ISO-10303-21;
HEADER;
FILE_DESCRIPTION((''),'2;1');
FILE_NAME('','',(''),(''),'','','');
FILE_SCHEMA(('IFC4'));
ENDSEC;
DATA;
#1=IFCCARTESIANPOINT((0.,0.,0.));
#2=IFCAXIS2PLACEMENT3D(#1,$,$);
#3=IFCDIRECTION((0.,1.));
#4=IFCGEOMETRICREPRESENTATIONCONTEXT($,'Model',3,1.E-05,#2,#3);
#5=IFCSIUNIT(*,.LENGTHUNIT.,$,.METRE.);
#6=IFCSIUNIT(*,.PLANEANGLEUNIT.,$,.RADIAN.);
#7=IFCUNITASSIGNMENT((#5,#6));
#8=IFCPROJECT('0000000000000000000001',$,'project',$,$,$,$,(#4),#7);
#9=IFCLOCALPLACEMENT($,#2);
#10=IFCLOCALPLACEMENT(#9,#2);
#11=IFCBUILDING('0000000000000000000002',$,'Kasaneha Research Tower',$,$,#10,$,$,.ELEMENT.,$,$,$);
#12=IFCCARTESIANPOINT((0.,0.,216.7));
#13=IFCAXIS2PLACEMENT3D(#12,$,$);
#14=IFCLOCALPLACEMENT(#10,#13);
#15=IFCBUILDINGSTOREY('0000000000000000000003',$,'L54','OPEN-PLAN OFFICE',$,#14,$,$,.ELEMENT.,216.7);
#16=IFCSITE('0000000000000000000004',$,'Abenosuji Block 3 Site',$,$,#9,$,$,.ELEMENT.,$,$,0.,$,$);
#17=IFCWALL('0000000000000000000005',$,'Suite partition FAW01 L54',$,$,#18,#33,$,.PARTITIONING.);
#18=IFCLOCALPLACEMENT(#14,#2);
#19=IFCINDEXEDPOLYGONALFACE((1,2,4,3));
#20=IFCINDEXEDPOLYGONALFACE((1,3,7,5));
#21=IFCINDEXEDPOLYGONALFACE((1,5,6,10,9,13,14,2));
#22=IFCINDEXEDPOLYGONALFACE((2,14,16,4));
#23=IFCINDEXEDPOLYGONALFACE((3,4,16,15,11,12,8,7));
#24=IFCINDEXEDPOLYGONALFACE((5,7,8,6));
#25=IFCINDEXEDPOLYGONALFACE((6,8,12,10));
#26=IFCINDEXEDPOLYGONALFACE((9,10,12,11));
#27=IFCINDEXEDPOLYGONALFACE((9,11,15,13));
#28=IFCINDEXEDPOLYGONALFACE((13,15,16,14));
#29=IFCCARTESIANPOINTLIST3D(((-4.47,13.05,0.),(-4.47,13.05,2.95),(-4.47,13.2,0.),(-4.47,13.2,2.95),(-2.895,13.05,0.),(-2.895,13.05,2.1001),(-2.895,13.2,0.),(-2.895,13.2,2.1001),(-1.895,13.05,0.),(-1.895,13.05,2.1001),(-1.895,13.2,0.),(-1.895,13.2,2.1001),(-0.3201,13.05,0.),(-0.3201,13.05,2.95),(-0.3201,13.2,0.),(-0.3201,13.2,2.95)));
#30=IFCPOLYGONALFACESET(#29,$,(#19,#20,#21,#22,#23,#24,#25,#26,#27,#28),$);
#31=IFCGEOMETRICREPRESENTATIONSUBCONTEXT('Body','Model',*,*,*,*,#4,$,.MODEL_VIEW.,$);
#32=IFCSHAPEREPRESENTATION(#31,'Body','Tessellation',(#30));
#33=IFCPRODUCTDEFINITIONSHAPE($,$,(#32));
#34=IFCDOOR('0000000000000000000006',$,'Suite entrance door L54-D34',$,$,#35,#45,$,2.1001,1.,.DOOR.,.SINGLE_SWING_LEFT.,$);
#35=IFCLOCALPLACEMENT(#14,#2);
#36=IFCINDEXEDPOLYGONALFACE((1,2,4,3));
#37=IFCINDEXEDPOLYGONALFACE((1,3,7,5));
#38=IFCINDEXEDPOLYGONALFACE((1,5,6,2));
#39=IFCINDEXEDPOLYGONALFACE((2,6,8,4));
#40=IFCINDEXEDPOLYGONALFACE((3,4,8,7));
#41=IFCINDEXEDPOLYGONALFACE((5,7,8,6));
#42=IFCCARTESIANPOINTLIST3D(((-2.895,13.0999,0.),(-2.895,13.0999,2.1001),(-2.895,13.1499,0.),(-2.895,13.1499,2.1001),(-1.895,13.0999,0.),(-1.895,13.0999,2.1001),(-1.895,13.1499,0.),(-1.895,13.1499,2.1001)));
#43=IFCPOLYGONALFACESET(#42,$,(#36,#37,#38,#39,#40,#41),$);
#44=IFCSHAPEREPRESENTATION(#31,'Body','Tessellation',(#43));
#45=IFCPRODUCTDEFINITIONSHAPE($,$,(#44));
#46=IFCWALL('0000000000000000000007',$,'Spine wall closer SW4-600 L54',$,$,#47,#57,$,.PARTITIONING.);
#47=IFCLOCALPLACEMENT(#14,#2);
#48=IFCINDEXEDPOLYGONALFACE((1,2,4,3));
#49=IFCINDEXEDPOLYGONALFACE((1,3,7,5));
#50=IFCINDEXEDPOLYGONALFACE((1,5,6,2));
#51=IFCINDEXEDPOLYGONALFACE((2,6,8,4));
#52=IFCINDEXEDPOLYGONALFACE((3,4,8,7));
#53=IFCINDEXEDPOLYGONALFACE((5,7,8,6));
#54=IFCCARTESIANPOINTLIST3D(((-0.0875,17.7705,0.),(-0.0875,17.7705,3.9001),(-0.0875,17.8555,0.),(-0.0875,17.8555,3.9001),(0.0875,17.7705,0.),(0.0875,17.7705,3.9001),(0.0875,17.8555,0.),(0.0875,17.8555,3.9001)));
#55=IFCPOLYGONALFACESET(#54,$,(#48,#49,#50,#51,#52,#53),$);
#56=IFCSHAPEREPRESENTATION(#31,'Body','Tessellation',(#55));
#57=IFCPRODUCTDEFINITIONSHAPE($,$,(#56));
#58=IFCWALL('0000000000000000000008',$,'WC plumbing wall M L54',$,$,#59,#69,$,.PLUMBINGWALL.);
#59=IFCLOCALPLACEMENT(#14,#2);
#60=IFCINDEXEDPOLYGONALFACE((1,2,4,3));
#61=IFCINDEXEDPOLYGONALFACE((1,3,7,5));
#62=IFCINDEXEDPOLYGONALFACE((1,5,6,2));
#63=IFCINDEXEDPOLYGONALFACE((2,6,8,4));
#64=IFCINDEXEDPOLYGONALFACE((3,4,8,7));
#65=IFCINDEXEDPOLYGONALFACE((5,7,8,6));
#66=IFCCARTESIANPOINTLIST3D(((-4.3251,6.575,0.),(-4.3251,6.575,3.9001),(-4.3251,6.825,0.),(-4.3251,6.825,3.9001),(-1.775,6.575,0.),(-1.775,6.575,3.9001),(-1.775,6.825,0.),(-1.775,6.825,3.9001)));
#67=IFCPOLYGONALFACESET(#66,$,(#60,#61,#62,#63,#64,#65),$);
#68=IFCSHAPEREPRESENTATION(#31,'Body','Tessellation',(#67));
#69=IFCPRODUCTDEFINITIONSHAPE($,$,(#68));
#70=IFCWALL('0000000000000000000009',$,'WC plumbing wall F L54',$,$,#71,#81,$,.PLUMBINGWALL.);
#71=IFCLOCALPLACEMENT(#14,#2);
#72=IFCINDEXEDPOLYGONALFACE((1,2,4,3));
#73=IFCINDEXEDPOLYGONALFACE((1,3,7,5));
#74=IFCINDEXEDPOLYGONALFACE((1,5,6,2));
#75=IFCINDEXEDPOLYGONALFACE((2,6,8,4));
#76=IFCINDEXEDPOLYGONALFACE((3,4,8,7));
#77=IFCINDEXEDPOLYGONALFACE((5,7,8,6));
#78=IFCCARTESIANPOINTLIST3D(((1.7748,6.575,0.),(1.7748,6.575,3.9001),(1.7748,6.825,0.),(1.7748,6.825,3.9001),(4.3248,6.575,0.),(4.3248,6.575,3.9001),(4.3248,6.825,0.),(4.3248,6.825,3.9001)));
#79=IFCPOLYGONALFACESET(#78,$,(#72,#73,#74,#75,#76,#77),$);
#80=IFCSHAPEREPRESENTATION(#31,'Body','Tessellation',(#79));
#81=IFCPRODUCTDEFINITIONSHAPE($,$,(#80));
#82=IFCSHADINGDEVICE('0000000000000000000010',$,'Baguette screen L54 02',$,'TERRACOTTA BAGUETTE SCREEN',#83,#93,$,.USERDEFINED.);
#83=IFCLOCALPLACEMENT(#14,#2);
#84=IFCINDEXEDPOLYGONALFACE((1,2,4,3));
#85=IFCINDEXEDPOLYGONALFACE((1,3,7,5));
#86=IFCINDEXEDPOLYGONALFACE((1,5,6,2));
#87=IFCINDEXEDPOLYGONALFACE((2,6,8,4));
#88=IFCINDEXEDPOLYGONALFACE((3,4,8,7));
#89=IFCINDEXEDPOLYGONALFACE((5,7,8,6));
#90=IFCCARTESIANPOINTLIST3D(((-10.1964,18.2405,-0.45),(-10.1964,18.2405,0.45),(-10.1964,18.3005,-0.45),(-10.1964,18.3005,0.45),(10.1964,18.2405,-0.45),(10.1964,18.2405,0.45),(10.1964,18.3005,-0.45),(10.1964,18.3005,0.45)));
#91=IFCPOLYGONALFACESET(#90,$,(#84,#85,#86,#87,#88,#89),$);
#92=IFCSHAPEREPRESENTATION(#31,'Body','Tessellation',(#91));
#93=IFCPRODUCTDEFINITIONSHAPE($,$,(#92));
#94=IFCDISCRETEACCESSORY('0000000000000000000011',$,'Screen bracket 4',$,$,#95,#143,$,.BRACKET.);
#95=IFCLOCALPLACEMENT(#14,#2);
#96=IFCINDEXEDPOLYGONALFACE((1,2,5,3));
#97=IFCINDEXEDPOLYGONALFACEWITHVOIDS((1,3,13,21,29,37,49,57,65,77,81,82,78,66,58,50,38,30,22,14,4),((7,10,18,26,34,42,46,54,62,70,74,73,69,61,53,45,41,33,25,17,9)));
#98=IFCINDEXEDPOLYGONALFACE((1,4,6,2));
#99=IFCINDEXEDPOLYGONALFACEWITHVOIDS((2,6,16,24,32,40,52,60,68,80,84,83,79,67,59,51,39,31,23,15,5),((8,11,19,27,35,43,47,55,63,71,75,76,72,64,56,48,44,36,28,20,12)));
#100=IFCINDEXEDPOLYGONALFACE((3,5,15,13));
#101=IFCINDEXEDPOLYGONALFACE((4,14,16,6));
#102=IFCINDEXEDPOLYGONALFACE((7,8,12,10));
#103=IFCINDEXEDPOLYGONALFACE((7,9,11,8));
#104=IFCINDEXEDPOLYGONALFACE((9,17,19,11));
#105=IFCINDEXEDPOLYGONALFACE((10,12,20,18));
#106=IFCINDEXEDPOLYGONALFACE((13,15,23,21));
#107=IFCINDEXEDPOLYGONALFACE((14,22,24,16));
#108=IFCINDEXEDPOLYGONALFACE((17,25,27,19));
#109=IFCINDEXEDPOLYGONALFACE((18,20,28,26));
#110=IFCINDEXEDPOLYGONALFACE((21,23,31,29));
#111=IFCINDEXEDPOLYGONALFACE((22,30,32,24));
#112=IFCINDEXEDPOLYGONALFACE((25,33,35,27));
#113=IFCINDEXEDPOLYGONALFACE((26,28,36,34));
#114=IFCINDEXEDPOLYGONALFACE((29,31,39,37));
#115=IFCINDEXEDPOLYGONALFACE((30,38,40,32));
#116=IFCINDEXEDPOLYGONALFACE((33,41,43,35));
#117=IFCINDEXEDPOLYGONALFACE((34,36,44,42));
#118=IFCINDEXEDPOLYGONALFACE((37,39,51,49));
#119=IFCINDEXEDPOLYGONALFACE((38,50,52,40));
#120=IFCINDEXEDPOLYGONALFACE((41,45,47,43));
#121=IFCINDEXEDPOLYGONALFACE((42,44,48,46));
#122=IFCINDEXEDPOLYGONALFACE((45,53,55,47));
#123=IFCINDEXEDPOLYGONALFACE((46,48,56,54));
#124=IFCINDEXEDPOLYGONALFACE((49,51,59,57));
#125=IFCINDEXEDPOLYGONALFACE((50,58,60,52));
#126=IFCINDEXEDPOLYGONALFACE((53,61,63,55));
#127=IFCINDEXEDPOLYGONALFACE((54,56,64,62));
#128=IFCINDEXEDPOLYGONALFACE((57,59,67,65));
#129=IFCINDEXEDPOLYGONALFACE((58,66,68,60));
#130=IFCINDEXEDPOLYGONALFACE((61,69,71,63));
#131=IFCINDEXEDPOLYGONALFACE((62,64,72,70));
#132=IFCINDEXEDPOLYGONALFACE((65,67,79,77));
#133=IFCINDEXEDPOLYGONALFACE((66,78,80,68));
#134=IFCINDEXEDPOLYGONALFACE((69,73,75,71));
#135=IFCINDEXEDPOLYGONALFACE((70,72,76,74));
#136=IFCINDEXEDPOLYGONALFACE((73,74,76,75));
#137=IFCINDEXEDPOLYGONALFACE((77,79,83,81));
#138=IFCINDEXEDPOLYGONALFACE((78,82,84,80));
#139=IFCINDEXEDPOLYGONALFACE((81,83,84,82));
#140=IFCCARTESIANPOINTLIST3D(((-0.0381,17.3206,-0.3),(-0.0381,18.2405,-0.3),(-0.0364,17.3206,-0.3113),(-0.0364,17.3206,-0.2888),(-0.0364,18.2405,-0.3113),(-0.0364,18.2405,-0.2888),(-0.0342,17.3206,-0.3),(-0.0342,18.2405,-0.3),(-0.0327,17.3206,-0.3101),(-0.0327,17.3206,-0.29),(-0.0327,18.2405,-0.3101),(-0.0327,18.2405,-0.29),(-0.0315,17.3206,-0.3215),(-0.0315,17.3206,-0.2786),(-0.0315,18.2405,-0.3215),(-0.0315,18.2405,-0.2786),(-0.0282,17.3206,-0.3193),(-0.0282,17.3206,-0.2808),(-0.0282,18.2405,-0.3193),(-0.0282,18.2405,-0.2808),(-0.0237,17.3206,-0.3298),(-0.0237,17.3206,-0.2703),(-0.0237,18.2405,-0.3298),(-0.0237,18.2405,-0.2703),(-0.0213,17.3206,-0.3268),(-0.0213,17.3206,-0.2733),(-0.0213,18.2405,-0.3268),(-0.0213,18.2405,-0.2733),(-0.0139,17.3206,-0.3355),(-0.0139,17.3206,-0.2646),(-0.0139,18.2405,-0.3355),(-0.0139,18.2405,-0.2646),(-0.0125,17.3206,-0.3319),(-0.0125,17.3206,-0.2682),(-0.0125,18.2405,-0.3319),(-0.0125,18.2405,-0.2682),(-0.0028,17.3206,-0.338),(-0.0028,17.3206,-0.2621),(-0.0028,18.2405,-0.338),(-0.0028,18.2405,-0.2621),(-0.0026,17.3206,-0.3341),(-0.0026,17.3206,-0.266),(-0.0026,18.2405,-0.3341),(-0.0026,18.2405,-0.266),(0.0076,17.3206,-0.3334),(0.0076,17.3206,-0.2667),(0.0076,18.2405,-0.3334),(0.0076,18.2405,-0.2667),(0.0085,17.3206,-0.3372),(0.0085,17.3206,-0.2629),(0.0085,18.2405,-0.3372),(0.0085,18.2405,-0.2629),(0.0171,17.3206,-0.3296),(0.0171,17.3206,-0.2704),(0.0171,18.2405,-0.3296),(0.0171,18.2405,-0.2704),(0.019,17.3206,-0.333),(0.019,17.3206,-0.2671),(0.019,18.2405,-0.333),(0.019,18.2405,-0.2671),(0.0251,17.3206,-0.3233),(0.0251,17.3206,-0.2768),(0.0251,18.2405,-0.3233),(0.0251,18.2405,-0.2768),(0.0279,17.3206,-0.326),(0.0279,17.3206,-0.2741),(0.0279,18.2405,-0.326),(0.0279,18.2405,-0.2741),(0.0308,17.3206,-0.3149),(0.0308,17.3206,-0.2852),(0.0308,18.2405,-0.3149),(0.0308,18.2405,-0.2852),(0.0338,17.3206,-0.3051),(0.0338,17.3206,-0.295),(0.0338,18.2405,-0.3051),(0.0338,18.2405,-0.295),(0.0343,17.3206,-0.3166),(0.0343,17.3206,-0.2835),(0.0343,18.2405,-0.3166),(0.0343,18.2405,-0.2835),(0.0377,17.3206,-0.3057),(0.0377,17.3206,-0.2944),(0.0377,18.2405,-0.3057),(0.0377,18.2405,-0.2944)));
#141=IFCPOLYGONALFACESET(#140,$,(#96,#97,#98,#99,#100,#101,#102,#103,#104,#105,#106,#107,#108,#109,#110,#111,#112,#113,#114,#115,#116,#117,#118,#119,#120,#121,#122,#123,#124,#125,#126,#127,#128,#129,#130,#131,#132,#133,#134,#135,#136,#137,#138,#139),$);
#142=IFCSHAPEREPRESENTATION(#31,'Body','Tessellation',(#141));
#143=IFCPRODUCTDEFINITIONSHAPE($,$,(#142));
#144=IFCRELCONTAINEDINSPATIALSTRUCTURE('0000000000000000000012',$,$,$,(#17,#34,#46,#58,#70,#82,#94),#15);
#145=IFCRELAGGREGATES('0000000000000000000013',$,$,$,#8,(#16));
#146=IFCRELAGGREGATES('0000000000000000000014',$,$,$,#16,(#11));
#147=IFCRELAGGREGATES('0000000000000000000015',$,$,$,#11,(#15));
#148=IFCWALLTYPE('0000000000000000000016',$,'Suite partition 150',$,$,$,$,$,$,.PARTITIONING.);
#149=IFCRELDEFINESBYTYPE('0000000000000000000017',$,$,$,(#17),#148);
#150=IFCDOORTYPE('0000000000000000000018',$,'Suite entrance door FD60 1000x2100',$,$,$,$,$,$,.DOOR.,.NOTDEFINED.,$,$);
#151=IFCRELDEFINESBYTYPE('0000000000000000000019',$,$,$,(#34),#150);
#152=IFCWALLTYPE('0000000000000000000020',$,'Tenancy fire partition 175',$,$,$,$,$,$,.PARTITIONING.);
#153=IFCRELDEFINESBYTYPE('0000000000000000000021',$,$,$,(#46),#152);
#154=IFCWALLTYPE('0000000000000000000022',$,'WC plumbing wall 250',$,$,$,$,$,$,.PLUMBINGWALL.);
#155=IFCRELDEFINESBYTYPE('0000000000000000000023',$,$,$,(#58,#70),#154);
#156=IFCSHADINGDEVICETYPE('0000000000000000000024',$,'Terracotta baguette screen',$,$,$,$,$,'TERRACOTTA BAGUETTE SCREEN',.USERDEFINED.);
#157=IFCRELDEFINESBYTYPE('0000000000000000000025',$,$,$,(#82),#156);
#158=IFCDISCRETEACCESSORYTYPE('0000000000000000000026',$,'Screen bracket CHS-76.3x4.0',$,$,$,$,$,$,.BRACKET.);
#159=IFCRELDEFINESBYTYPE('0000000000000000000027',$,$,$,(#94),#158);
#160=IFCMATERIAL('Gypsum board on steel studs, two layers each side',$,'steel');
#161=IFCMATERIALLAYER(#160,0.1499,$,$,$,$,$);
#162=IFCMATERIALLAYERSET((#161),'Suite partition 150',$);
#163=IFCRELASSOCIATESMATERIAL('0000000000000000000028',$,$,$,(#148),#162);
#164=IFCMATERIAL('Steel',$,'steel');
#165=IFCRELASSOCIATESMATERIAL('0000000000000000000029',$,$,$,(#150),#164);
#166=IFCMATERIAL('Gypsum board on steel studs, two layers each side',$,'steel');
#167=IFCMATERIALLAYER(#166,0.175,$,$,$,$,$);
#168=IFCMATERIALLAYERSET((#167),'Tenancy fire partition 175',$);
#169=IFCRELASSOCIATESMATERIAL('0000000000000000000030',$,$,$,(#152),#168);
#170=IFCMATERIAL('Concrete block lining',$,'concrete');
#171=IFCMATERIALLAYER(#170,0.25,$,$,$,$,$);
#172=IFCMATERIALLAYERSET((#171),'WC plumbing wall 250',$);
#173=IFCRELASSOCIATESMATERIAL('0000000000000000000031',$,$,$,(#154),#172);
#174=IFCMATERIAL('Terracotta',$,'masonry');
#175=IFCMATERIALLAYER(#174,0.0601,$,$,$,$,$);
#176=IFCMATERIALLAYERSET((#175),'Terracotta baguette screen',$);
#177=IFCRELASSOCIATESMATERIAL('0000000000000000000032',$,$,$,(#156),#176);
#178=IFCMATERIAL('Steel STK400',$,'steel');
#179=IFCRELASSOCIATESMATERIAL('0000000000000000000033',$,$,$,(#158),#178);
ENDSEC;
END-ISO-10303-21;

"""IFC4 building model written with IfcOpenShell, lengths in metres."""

from ifc_helpers import new_model, si_unit, direction, frame, frame_2d, origin, origin_2d, place, context, subcontext, project, spatial, rectangle, hollow_circle, extrude, material, layer, layer_set, material_profile, profile_set, type_object, element, fill, save


model = new_model("IFC4")

# Units and contexts
model_context = context("Model", 3, precision=1e-05, world=origin(), true_north=direction((0.0, 1.0)))
body_context = subcontext(model_context, "Body", "Model", "MODEL_VIEW")
ifc_project = project(units=[si_unit("LENGTHUNIT", "METRE"), si_unit("PLANEANGLEUNIT", "RADIAN")], contexts=[model_context])

# Site, building, storey
site_placement = place(None, origin())
site = spatial("IfcSite", under=ifc_project, at=site_placement, Name="Abenosuji Block 3 Site", CompositionType="ELEMENT", RefElevation=0.0)
building_placement = place(site_placement, origin())
building = spatial("IfcBuilding", under=site, at=building_placement, Name="Kasaneha Research Tower", CompositionType="ELEMENT")
storey_placement = place(building_placement, frame((0.0, 0.0, 216.7)))
storey = spatial("IfcBuildingStorey", under=building, at=storey_placement, Name="L54", Description="OPEN-PLAN OFFICE", CompositionType="ELEMENT", Elevation=216.7)

# Shared definitions
ifc_material_1 = material(Name="Gypsum board on steel studs, two layers each side", Category="steel")
ifc_layer_1 = layer(ifc_material_1, 0.1499)
ifc_layer_set_1 = layer_set([ifc_layer_1], Name="Suite partition 150")
wall_type_1 = type_object("IfcWallType", Name="Suite partition 150", PredefinedType="PARTITIONING", material=ifc_layer_set_1)

# Wall, opening, door
wall_1_placement = place(storey_placement, frame((-4.47, 13.125, 0.0), z_axis=(0.0, 0.0, 1.0), x_axis=(1.0, 0.0, 0.0)))
wall_1 = element("IfcWall", 1, at=wall_1_placement, inside=storey, type_object=wall_type_1, Name="Suite partition FAW01 L54", PredefinedType="PARTITIONING", context=body_context, shape_type="SweptSolid", body=[
    extrude(rectangle(XDim=4.1499, YDim=0.1499, at=frame_2d((2.075, 0.0))), origin(), (0.0, 0.0, 1.0), 2.95),
])
opening_1_placement = place(wall_1_placement, frame((1.575, 0.0, 0.0)))
opening_1 = element("IfcOpeningElement", 2, at=opening_1_placement, cuts=wall_1, PredefinedType="OPENING", context=body_context, shape_type="SweptSolid", body=[
    extrude(rectangle(XDim=1.0, YDim=2.1001, at=frame_2d((0.5, 1.05))), frame((0.0, 0.085, 0.0), z_axis=(0.0, -1.0, 0.0), x_axis=(1.0, 0.0, 0.0)), (0.0, 0.0, 1.0), 0.1699),
])
ifc_material_2 = material(Name="Steel", Category="steel")
door_type_1 = type_object("IfcDoorType", Name="Suite entrance door FD60 1000x2100", OperationType="NOTDEFINED", PredefinedType="DOOR", material=ifc_material_2)
door_1_placement = place(opening_1_placement, origin())
door_1 = element("IfcDoor", 3, at=door_1_placement, inside=storey, type_object=door_type_1, Name="Suite entrance door L54-D34", OperationType="SINGLE_SWING_LEFT", OverallHeight=2.1001, OverallWidth=1.0, PredefinedType="DOOR", context=body_context, shape_type="SweptSolid", body=[
    extrude(rectangle(XDim=1.0, YDim=2.1001, at=frame_2d((0.5, 1.05))), frame((0.0, 0.0249, 0.0), z_axis=(0.0, -1.0, 0.0), x_axis=(1.0, 0.0, 0.0)), (0.0, 0.0, 1.0), 0.05),
])
fill(opening_1, door_1)

# Walls
ifc_material_3 = material(Name="Gypsum board on steel studs, two layers each side", Category="steel")
ifc_layer_2 = layer(ifc_material_3, 0.175)
ifc_layer_set_2 = layer_set([ifc_layer_2], Name="Tenancy fire partition 175")
wall_type_2 = type_object("IfcWallType", Name="Tenancy fire partition 175", PredefinedType="PARTITIONING", material=ifc_layer_set_2)
wall_2_placement = place(storey_placement, frame((0.0, 17.7705, 0.0), z_axis=(0.0, 0.0, 1.0), x_axis=(0.0, 1.0, 0.0)))
element("IfcWall", 4, at=wall_2_placement, inside=storey, type_object=wall_type_2, Name="Spine wall closer SW4-600 L54", PredefinedType="PARTITIONING", context=body_context, shape_type="SweptSolid", body=[
    extrude(rectangle(XDim=0.085, YDim=0.175, at=frame_2d((0.0425, 0.0))), origin(), (0.0, 0.0, 1.0), 3.9001),
])
ifc_material_4 = material(Name="Concrete block lining", Category="concrete")
ifc_layer_3 = layer(ifc_material_4, 0.25)
ifc_layer_set_3 = layer_set([ifc_layer_3], Name="WC plumbing wall 250")
wall_type_3 = type_object("IfcWallType", Name="WC plumbing wall 250", PredefinedType="PLUMBINGWALL", material=ifc_layer_set_3)
for number, where, z_axis, x_axis, name in (
    (5, (-4.325, 6.7, 0.0), (0.0, 0.0, 1.0), (1.0, 0.0, 0.0), "WC plumbing wall M L54"),
    (6, (1.7749, 6.7, 0.0), (0.0, 0.0, 1.0), (1.0, 0.0, 0.0), "WC plumbing wall F L54"),
):
    element("IfcWall", number, at=place(storey_placement, frame(where, z_axis=z_axis, x_axis=x_axis)), inside=storey, type_object=wall_type_3, Name=name, PredefinedType="PLUMBINGWALL", context=body_context, shape_type="SweptSolid", body=[
        extrude(rectangle(XDim=2.55, YDim=0.25, at=frame_2d((1.2749, 0.0))), origin(), (0.0, 0.0, 1.0), 3.9001),
    ])

# Shading device
ifc_material_5 = material(Name="Terracotta", Category="masonry")
ifc_layer_4 = layer(ifc_material_5, 0.0601)
ifc_layer_set_4 = layer_set([ifc_layer_4], Name="Terracotta baguette screen")
shading_device_type = type_object("IfcShadingDeviceType", Name="Terracotta baguette screen", ElementType="TERRACOTTA BAGUETTE SCREEN", PredefinedType="USERDEFINED", material=ifc_layer_set_4)
shading_device_placement = place(storey_placement, frame((0.0, 18.2705, -0.45), z_axis=(0.0, 0.0, 1.0), x_axis=(-1.0, 0.0, 0.0)))
element("IfcShadingDevice", 7, at=shading_device_placement, inside=storey, type_object=shading_device_type, Name="Baguette screen L54 02", ObjectType="TERRACOTTA BAGUETTE SCREEN", PredefinedType="USERDEFINED", context=body_context, shape_type="SweptSolid", body=[
    extrude(rectangle(XDim=20.3928, YDim=0.0601, at=origin_2d()), origin(), (0.0, 0.0, 1.0), 0.8999),
])

# Discrete accessory
ifc_material_6 = material(Name="Steel STK400", Category="steel")
ifc_material_profile_1 = material_profile(ifc_material_6, hollow_circle(Radius=0.0381, WallThickness=0.0039, at=origin_2d()), Name="CHS-76.3x4.0")
ifc_profile_set_1 = profile_set([ifc_material_profile_1], Name="Steel STK400")
discrete_accessory_type = type_object("IfcDiscreteAccessoryType", Name="Screen bracket CHS-76.3x4.0", PredefinedType="BRACKET", material=ifc_profile_set_1)
for number, where, z_axis, x_axis, name in (
    (8, (0.0, 17.3206, -0.3), (0.0, 1.0, 0.0), (-1.0, 0.0, 0.0), "Screen bracket 4"),
):
    element("IfcDiscreteAccessory", number, at=place(storey_placement, frame(where, z_axis=z_axis, x_axis=x_axis)), inside=storey, type_object=discrete_accessory_type, Name=name, PredefinedType="BRACKET", context=body_context, shape_type="SweptSolid", body=[
        extrude(hollow_circle(Radius=0.0381, WallThickness=0.0039, at=origin_2d()), origin(), (0.0, 0.0, 1.0), 0.9199),
    ])

save(model, "model.ifc")
